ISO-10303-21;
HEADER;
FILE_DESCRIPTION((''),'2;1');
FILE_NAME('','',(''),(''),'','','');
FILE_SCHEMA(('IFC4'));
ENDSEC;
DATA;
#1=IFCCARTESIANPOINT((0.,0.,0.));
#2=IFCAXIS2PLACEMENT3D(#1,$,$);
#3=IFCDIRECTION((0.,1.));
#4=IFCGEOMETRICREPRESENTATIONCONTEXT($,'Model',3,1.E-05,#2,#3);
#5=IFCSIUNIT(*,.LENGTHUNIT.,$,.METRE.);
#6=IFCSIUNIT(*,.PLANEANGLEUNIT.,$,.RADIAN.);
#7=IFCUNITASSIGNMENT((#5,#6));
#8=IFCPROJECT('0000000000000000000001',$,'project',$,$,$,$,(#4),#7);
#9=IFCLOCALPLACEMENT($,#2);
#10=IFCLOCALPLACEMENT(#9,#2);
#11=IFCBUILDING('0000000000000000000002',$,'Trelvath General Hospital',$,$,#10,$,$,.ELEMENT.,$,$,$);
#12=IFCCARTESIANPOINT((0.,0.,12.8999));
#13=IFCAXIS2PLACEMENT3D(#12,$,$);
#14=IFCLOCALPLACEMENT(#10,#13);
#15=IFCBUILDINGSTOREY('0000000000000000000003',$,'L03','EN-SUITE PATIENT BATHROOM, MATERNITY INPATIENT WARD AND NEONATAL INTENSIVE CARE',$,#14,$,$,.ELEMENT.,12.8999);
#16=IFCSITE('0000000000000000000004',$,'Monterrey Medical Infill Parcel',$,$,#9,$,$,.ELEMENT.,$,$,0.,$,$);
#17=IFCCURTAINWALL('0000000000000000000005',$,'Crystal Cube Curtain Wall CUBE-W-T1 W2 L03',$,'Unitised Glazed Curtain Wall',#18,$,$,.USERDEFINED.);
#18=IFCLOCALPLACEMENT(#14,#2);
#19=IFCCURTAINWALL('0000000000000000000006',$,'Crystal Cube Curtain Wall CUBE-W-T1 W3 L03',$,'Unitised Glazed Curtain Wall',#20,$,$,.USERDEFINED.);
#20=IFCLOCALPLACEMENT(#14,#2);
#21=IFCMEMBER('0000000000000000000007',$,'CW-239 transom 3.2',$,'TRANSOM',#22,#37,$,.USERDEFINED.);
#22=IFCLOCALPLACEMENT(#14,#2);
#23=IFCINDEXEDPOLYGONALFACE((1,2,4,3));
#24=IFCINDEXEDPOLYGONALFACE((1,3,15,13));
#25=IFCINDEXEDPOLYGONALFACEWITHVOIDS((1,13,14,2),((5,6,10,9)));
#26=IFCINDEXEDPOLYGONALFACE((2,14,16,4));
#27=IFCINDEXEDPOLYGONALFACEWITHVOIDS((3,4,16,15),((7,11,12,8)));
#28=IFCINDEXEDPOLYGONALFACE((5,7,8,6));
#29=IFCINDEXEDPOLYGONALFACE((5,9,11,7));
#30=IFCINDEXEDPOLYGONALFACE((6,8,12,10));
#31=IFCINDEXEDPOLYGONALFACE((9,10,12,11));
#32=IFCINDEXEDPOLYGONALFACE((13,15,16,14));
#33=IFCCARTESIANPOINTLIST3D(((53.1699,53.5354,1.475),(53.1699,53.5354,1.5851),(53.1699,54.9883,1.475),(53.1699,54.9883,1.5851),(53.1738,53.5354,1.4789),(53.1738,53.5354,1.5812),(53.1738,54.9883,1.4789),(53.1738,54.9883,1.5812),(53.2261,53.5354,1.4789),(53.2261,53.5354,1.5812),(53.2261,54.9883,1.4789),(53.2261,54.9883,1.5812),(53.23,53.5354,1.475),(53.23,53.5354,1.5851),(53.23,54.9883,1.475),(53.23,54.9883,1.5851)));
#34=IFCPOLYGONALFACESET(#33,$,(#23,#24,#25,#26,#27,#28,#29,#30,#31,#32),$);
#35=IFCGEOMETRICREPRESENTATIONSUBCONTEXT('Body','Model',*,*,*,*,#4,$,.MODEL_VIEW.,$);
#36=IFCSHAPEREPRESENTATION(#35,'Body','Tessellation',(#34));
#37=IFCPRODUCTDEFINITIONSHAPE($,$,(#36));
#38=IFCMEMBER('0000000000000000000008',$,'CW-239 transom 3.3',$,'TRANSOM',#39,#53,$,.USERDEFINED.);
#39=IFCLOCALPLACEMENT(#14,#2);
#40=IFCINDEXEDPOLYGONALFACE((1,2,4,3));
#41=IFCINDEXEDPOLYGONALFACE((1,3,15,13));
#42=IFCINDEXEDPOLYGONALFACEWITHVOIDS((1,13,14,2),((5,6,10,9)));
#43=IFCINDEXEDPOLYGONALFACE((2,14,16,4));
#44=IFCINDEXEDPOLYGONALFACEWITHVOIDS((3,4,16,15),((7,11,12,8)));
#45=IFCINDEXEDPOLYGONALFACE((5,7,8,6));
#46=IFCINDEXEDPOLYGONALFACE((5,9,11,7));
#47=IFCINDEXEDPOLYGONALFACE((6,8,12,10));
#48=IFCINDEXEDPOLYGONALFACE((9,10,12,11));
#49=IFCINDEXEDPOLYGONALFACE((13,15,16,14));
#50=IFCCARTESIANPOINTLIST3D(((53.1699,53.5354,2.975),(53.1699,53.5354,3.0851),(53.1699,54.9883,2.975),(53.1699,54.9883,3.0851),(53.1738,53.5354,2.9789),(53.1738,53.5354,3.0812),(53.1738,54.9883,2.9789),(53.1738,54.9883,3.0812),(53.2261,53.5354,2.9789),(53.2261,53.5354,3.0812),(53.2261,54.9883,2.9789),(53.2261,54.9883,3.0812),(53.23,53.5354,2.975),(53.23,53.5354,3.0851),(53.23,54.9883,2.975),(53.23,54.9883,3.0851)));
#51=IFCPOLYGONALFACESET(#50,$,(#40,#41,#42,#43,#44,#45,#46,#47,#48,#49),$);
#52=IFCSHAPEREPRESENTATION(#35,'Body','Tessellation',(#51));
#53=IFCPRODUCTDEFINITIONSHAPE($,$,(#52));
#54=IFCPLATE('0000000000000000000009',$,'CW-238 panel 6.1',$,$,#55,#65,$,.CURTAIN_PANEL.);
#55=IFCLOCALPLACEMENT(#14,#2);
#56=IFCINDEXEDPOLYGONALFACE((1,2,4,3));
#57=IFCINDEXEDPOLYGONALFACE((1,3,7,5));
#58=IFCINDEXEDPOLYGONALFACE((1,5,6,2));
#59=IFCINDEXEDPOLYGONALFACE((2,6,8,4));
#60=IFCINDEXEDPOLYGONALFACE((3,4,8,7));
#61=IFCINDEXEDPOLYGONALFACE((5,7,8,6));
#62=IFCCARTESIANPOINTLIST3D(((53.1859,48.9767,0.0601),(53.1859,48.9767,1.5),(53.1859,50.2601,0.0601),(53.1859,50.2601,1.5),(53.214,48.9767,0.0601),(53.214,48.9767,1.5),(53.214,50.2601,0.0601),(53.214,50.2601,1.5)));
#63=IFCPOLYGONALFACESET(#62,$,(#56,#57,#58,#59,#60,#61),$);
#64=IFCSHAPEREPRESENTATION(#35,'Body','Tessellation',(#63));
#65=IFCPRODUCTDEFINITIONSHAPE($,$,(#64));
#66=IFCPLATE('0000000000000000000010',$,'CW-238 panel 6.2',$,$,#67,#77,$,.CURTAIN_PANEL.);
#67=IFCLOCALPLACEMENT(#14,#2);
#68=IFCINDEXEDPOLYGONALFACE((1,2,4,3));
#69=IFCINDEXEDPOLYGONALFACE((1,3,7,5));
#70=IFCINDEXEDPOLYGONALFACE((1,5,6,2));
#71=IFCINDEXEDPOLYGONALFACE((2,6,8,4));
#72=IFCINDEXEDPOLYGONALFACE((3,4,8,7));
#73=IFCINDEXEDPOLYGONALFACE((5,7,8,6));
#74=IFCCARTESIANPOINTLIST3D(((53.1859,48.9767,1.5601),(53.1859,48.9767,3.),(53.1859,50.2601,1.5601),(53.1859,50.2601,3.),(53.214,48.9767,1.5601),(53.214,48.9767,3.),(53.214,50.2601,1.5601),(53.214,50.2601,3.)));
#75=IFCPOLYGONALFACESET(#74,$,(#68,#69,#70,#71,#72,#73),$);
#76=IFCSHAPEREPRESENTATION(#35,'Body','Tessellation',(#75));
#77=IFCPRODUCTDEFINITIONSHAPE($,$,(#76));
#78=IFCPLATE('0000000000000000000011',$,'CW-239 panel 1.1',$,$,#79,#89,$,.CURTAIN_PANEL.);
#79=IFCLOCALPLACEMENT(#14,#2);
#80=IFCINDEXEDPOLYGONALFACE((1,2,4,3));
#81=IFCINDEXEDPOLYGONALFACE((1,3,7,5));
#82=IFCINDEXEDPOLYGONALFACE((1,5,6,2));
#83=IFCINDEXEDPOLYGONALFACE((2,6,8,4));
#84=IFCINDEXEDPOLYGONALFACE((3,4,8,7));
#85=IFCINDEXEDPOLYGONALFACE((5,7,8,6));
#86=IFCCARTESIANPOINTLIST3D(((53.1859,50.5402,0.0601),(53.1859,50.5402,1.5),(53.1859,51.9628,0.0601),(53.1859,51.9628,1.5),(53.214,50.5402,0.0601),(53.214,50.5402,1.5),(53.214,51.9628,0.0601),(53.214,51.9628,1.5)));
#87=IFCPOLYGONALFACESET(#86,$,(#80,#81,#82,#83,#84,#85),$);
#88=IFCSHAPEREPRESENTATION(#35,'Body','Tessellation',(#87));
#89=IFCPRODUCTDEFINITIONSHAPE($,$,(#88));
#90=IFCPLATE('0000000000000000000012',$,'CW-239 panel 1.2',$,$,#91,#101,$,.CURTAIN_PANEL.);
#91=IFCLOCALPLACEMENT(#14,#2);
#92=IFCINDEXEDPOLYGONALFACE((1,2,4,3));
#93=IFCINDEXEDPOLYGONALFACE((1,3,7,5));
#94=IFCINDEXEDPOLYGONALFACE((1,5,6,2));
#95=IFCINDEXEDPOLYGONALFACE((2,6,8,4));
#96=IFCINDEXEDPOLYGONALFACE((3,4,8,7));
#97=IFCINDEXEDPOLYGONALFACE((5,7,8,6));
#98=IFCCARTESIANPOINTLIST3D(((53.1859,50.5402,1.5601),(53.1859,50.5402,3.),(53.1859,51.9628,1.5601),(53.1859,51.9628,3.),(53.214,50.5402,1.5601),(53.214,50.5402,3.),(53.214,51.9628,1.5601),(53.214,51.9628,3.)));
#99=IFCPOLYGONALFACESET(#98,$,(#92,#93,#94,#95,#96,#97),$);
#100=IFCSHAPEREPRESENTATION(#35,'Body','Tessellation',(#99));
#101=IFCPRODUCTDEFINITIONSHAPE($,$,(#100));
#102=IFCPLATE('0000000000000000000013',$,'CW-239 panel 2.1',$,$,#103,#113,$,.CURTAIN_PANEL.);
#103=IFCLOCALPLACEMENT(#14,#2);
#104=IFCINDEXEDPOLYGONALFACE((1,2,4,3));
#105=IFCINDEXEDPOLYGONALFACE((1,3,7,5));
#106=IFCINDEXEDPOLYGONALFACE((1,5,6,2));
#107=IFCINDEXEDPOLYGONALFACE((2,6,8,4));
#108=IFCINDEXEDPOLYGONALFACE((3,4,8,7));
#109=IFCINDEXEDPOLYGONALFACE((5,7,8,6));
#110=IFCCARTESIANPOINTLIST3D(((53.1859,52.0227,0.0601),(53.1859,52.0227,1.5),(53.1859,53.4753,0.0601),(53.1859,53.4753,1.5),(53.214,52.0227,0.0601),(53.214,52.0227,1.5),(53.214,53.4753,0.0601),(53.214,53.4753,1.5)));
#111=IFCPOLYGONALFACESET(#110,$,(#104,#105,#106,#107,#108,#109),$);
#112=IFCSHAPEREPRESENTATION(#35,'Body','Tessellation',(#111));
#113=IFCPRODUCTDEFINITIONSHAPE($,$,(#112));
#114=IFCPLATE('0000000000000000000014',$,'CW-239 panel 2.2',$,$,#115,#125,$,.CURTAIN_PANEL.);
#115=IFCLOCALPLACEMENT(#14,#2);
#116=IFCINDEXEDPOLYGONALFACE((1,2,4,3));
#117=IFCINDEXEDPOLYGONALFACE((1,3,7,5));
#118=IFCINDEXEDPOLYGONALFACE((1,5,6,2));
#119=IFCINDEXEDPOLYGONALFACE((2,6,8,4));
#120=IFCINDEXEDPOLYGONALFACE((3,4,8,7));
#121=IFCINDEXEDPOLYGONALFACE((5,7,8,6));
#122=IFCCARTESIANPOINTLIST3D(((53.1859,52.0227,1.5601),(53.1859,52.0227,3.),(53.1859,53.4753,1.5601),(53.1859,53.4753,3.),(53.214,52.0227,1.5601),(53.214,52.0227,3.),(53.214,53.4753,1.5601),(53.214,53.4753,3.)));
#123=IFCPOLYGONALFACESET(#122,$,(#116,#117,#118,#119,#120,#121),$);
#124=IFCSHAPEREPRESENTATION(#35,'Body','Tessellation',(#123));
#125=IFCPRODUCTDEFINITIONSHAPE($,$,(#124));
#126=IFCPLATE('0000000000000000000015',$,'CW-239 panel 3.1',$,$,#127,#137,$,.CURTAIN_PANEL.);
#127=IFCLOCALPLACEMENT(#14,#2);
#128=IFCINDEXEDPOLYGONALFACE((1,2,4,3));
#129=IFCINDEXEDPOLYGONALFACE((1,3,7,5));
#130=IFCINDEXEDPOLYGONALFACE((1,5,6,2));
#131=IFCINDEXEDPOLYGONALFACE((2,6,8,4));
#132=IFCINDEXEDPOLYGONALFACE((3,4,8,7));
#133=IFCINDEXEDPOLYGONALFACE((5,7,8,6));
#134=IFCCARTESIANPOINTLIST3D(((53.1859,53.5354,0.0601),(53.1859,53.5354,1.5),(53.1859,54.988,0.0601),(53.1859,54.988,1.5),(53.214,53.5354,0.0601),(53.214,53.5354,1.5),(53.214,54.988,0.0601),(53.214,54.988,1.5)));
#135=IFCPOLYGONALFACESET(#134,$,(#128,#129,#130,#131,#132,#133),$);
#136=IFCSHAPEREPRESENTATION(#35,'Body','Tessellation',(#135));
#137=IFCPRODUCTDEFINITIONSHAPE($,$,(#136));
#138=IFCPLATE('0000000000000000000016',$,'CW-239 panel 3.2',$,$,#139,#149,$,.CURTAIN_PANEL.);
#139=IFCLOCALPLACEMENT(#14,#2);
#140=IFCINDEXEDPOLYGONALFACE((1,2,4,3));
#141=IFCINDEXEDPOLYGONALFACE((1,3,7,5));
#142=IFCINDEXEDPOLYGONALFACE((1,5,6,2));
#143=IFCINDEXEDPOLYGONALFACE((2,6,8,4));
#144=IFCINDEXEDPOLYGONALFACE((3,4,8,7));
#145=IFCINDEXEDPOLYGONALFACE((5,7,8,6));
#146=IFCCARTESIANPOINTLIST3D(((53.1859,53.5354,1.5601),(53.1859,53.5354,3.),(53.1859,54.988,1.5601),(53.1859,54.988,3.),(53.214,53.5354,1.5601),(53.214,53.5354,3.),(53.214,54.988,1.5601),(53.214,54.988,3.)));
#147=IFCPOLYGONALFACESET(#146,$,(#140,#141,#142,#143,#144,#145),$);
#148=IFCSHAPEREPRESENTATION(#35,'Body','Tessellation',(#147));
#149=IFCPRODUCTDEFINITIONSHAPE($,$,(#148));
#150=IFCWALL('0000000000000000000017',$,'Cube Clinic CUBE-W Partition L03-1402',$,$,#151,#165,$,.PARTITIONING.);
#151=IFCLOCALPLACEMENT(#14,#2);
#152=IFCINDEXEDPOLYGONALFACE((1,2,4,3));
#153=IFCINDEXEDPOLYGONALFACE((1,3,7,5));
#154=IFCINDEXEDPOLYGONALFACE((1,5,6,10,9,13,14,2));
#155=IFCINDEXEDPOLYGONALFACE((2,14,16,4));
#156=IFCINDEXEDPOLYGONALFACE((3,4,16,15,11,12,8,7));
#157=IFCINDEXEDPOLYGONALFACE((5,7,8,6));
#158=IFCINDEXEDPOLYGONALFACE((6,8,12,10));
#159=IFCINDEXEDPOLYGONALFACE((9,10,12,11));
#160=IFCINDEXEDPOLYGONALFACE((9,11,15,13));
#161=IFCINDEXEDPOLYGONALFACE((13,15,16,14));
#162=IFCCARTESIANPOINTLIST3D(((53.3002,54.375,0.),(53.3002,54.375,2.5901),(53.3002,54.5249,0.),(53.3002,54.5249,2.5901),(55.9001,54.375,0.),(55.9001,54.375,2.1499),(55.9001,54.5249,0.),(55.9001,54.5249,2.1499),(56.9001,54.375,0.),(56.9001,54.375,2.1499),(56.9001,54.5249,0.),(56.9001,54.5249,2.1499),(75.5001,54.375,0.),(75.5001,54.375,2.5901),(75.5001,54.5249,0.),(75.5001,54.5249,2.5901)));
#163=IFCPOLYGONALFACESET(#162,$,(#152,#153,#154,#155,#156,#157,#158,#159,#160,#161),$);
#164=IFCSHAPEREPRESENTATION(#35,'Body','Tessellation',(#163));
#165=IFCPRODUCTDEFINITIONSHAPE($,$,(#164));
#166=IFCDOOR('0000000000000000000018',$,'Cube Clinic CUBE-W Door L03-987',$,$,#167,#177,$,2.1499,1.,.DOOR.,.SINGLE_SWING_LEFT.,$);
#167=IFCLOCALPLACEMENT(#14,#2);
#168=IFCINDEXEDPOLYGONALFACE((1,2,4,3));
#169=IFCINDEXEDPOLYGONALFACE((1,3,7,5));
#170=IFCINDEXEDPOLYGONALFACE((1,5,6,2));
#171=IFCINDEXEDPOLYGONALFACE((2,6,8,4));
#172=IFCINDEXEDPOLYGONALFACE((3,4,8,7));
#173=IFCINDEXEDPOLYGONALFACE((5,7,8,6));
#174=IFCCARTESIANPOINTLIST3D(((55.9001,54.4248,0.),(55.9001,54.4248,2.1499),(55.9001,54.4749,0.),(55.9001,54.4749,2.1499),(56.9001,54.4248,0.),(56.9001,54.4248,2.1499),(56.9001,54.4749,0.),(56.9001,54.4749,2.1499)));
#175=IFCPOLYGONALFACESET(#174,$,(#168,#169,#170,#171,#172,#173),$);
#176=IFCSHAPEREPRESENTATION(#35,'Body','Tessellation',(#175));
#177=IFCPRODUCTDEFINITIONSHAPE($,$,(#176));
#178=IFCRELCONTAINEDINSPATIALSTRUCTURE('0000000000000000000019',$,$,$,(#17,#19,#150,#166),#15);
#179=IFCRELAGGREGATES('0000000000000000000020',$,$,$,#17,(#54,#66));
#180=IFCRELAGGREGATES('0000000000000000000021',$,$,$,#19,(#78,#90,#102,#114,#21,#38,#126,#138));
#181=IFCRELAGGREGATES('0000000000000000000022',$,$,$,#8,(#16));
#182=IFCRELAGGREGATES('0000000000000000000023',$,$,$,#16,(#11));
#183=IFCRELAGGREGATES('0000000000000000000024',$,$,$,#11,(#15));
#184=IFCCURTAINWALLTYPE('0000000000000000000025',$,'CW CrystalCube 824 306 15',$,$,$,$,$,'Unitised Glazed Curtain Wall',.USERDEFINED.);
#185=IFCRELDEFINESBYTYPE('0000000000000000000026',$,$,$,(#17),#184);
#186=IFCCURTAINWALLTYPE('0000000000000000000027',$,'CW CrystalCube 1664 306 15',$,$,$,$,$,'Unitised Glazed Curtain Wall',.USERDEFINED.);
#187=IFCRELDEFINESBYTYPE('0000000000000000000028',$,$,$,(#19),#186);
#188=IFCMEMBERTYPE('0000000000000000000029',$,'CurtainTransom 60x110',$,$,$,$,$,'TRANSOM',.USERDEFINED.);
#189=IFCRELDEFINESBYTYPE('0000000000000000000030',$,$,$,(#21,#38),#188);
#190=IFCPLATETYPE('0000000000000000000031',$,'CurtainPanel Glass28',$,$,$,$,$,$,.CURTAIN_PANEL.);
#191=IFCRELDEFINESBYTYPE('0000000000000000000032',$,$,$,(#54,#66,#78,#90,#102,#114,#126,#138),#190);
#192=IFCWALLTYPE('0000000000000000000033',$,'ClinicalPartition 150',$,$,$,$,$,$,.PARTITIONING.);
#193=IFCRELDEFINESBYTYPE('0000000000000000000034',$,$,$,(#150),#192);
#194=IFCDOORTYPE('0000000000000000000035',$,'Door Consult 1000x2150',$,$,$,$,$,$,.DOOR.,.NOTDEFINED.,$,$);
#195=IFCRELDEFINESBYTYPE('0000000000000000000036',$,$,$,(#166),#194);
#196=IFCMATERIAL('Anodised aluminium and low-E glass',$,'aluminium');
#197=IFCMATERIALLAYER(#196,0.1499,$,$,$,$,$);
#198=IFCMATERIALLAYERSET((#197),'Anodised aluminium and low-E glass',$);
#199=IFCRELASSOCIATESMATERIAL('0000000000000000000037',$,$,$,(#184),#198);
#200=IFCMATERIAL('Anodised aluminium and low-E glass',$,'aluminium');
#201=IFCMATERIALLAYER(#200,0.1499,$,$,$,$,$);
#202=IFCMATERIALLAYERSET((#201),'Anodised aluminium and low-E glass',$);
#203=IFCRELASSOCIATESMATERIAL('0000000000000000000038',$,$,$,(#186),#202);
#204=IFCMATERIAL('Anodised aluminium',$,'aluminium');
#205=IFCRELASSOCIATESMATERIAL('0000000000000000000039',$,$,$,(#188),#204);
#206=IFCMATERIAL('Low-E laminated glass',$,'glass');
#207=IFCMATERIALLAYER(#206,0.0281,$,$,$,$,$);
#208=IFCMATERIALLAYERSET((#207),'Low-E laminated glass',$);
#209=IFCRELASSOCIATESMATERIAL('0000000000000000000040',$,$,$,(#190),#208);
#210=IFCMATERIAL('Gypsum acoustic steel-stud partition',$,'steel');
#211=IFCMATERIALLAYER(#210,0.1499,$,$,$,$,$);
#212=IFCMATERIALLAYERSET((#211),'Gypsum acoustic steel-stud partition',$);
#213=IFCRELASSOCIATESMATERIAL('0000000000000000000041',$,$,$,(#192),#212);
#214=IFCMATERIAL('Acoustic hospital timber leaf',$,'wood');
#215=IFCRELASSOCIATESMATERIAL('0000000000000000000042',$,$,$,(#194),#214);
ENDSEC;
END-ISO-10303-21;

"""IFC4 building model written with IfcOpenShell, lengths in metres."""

from ifc_helpers import new_model, si_unit, direction, frame, frame_2d, origin, origin_2d, place, context, subcontext, project, spatial, rectangle, hollow_rectangle, extrude, material, layer, layer_set, material_profile, profile_set, type_object, element, fill, aggregate, save


model = new_model("IFC4")

# Units and contexts
model_context = context("Model", 3, precision=1e-05, world=origin(), true_north=direction((0.0, 1.0)))
body_context = subcontext(model_context, "Body", "Model", "MODEL_VIEW")
ifc_project = project(units=[si_unit("LENGTHUNIT", "METRE"), si_unit("PLANEANGLEUNIT", "RADIAN")], contexts=[model_context])

# Site, building, storey
site_placement = place(None, origin())
site = spatial("IfcSite", under=ifc_project, at=site_placement, Name="Monterrey Medical Infill Parcel", CompositionType="ELEMENT", RefElevation=0.0)
building_placement = place(site_placement, origin())
building = spatial("IfcBuilding", under=site, at=building_placement, Name="Trelvath General Hospital", CompositionType="ELEMENT")
storey_placement = place(building_placement, frame((0.0, 0.0, 12.8999)))
storey = spatial("IfcBuildingStorey", under=building, at=storey_placement, Name="L03", Description="EN-SUITE PATIENT BATHROOM, MATERNITY INPATIENT WARD AND NEONATAL INTENSIVE CARE", CompositionType="ELEMENT", Elevation=12.8999)

# Curtain wall
ifc_material_1 = material(Name="Anodised aluminium and low-E glass", Category="aluminium")
ifc_layer_1 = layer(ifc_material_1, 0.1499)
ifc_layer_set_1 = layer_set([ifc_layer_1], Name="Anodised aluminium and low-E glass")
curtain_wall_type_1 = type_object("IfcCurtainWallType", Name="CW CrystalCube 824 306 15", ElementType="Unitised Glazed Curtain Wall", PredefinedType="USERDEFINED", material=ifc_layer_set_1)
curtain_wall_1_placement = place(storey_placement, origin())
curtain_wall_1 = element("IfcCurtainWall", 1, at=curtain_wall_1_placement, inside=storey, type_object=curtain_wall_type_1, Name="Crystal Cube Curtain Wall CUBE-W-T1 W2 L03", ObjectType="Unitised Glazed Curtain Wall", PredefinedType="USERDEFINED")

# Curtain wall, members
ifc_material_2 = material(Name="Anodised aluminium and low-E glass", Category="aluminium")
ifc_layer_2 = layer(ifc_material_2, 0.1499)
ifc_layer_set_2 = layer_set([ifc_layer_2], Name="Anodised aluminium and low-E glass")
curtain_wall_type_2 = type_object("IfcCurtainWallType", Name="CW CrystalCube 1664 306 15", ElementType="Unitised Glazed Curtain Wall", PredefinedType="USERDEFINED", material=ifc_layer_set_2)
curtain_wall_2_placement = place(storey_placement, origin())
curtain_wall_2 = element("IfcCurtainWall", 2, at=curtain_wall_2_placement, inside=storey, type_object=curtain_wall_type_2, Name="Crystal Cube Curtain Wall CUBE-W-T1 W3 L03", ObjectType="Unitised Glazed Curtain Wall", PredefinedType="USERDEFINED")
ifc_material_3 = material(Name="Anodised aluminium", Category="aluminium")
ifc_material_profile_1 = material_profile(ifc_material_3, hollow_rectangle(XDim=0.0601, YDim=0.1101, WallThickness=0.0039, at=origin_2d()), Name="RHS60x110x4")
ifc_profile_set_1 = profile_set([ifc_material_profile_1], Name="Anodised aluminium")
member_type_1 = type_object("IfcMemberType", Name="CurtainTransom 60x110", ElementType="TRANSOM", PredefinedType="USERDEFINED", material=ifc_profile_set_1)
member_1_placement = place(storey_placement, frame((53.2, 53.5354, 1.53), z_axis=(0.0, 1.0, 0.0), x_axis=(-1.0, 0.0, 0.0)))
member_1 = element("IfcMember", 3, at=member_1_placement, type_object=member_type_1, Name="CW-239 transom 3.2", ObjectType="TRANSOM", PredefinedType="USERDEFINED", context=body_context, shape_type="SweptSolid", body=[
    extrude(hollow_rectangle(XDim=0.0601, YDim=0.1101, WallThickness=0.0039, at=origin_2d()), origin(), (0.0, 0.0, 1.0), 1.4529),
])
member_2_placement = place(storey_placement, frame((53.2, 53.5354, 3.03), z_axis=(0.0, 1.0, 0.0), x_axis=(-1.0, 0.0, 0.0)))
member_2 = element("IfcMember", 4, at=member_2_placement, type_object=member_type_1, Name="CW-239 transom 3.3", ObjectType="TRANSOM", PredefinedType="USERDEFINED", context=body_context, shape_type="SweptSolid", body=[
    extrude(hollow_rectangle(XDim=0.0601, YDim=0.1101, WallThickness=0.0039, at=origin_2d()), origin(), (0.0, 0.0, 1.0), 1.4529),
])

# Plates
ifc_material_4 = material(Name="Low-E laminated glass", Category="glass")
ifc_layer_3 = layer(ifc_material_4, 0.0281)
ifc_layer_set_3 = layer_set([ifc_layer_3], Name="Low-E laminated glass")
plate_type = type_object("IfcPlateType", Name="CurtainPanel Glass28", PredefinedType="CURTAIN_PANEL", material=ifc_layer_set_3)
plate_1_placement = place(storey_placement, frame((53.2, 49.6184, 0.0601), z_axis=(0.0, 0.0, 1.0), x_axis=(0.0, 1.0, 0.0)))
plate_1 = element("IfcPlate", 5, at=plate_1_placement, type_object=plate_type, Name="CW-238 panel 6.1", PredefinedType="CURTAIN_PANEL", context=body_context, shape_type="SweptSolid", body=[
    extrude(rectangle(XDim=1.2834, YDim=0.0281, at=origin_2d()), origin(), (0.0, 0.0, 1.0), 1.4399),
])
plate_2_placement = place(storey_placement, frame((53.2, 49.6184, 1.5601), z_axis=(0.0, 0.0, 1.0), x_axis=(0.0, 1.0, 0.0)))
plate_2 = element("IfcPlate", 6, at=plate_2_placement, type_object=plate_type, Name="CW-238 panel 6.2", PredefinedType="CURTAIN_PANEL", context=body_context, shape_type="SweptSolid", body=[
    extrude(rectangle(XDim=1.2834, YDim=0.0281, at=origin_2d()), origin(), (0.0, 0.0, 1.0), 1.4399),
])
aggregate(curtain_wall_1, [plate_1, plate_2])
plate_3_placement = place(storey_placement, frame((53.2, 51.2515, 0.0601), z_axis=(0.0, 0.0, 1.0), x_axis=(0.0, 1.0, 0.0)))
plate_3 = element("IfcPlate", 7, at=plate_3_placement, type_object=plate_type, Name="CW-239 panel 1.1", PredefinedType="CURTAIN_PANEL", context=body_context, shape_type="SweptSolid", body=[
    extrude(rectangle(XDim=1.4226, YDim=0.0281, at=origin_2d()), origin(), (0.0, 0.0, 1.0), 1.4399),
])
plate_4_placement = place(storey_placement, frame((53.2, 51.2515, 1.5601), z_axis=(0.0, 0.0, 1.0), x_axis=(0.0, 1.0, 0.0)))
plate_4 = element("IfcPlate", 8, at=plate_4_placement, type_object=plate_type, Name="CW-239 panel 1.2", PredefinedType="CURTAIN_PANEL", context=body_context, shape_type="SweptSolid", body=[
    extrude(rectangle(XDim=1.4226, YDim=0.0281, at=origin_2d()), origin(), (0.0, 0.0, 1.0), 1.4399),
])
plate_5_placement = place(storey_placement, frame((53.2, 52.749, 0.0601), z_axis=(0.0, 0.0, 1.0), x_axis=(0.0, 1.0, 0.0)))
plate_5 = element("IfcPlate", 9, at=plate_5_placement, type_object=plate_type, Name="CW-239 panel 2.1", PredefinedType="CURTAIN_PANEL", context=body_context, shape_type="SweptSolid", body=[
    extrude(rectangle(XDim=1.4526, YDim=0.0281, at=origin_2d()), origin(), (0.0, 0.0, 1.0), 1.4399),
])
plate_6_placement = place(storey_placement, frame((53.2, 52.749, 1.5601), z_axis=(0.0, 0.0, 1.0), x_axis=(0.0, 1.0, 0.0)))
plate_6 = element("IfcPlate", 10, at=plate_6_placement, type_object=plate_type, Name="CW-239 panel 2.2", PredefinedType="CURTAIN_PANEL", context=body_context, shape_type="SweptSolid", body=[
    extrude(rectangle(XDim=1.4526, YDim=0.0281, at=origin_2d()), origin(), (0.0, 0.0, 1.0), 1.4399),
])
plate_7_placement = place(storey_placement, frame((53.2, 54.2617, 0.0601), z_axis=(0.0, 0.0, 1.0), x_axis=(0.0, 1.0, 0.0)))
plate_7 = element("IfcPlate", 11, at=plate_7_placement, type_object=plate_type, Name="CW-239 panel 3.1", PredefinedType="CURTAIN_PANEL", context=body_context, shape_type="SweptSolid", body=[
    extrude(rectangle(XDim=1.4526, YDim=0.0281, at=origin_2d()), origin(), (0.0, 0.0, 1.0), 1.4399),
])
plate_8_placement = place(storey_placement, frame((53.2, 54.2617, 1.5601), z_axis=(0.0, 0.0, 1.0), x_axis=(0.0, 1.0, 0.0)))
plate_8 = element("IfcPlate", 12, at=plate_8_placement, type_object=plate_type, Name="CW-239 panel 3.2", PredefinedType="CURTAIN_PANEL", context=body_context, shape_type="SweptSolid", body=[
    extrude(rectangle(XDim=1.4526, YDim=0.0281, at=origin_2d()), origin(), (0.0, 0.0, 1.0), 1.4399),
])
aggregate(curtain_wall_2, [plate_3, plate_4, plate_5, plate_6, member_1, member_2, plate_7, plate_8])

# Wall, opening, door
ifc_material_5 = material(Name="Gypsum acoustic steel-stud partition", Category="steel")
ifc_layer_4 = layer(ifc_material_5, 0.1499)
ifc_layer_set_4 = layer_set([ifc_layer_4], Name="Gypsum acoustic steel-stud partition")
wall_type = type_object("IfcWallType", Name="ClinicalPartition 150", PredefinedType="PARTITIONING", material=ifc_layer_set_4)
wall_placement = place(storey_placement, frame((53.3, 54.45, 0.0), z_axis=(0.0, 0.0, 1.0), x_axis=(1.0, 0.0, 0.0)))
wall = element("IfcWall", 13, at=wall_placement, inside=storey, type_object=wall_type, Name="Cube Clinic CUBE-W Partition L03-1402", PredefinedType="PARTITIONING", context=body_context, shape_type="SweptSolid", body=[
    extrude(rectangle(XDim=22.2, YDim=0.1499, at=frame_2d((11.1001, 0.0))), origin(), (0.0, 0.0, 1.0), 2.5901),
])
opening_placement = place(wall_placement, frame((2.6001, 0.0, 0.0)))
opening = element("IfcOpeningElement", 14, at=opening_placement, cuts=wall, PredefinedType="OPENING", context=body_context, shape_type="SweptSolid", body=[
    extrude(rectangle(XDim=1.0, YDim=2.1499, at=frame_2d((0.5, 1.075))), frame((0.0, 0.085, 0.0), z_axis=(0.0, -1.0, 0.0), x_axis=(1.0, 0.0, 0.0)), (0.0, 0.0, 1.0), 0.1699),
])
ifc_material_6 = material(Name="Acoustic hospital timber leaf", Category="wood")
door_type = type_object("IfcDoorType", Name="Door Consult 1000x2150", OperationType="NOTDEFINED", PredefinedType="DOOR", material=ifc_material_6)
door_placement = place(opening_placement, origin())
door = element("IfcDoor", 15, at=door_placement, inside=storey, type_object=door_type, Name="Cube Clinic CUBE-W Door L03-987", OperationType="SINGLE_SWING_LEFT", OverallHeight=2.1499, OverallWidth=1.0, PredefinedType="DOOR", context=body_context, shape_type="SweptSolid", body=[
    extrude(rectangle(XDim=1.0, YDim=2.1499, at=frame_2d((0.5, 1.075))), frame((0.0, 0.0249, 0.0), z_axis=(0.0, -1.0, 0.0), x_axis=(1.0, 0.0, 0.0)), (0.0, 0.0, 1.0), 0.05),
])
fill(opening, door)

save(model, "model.ifc")
